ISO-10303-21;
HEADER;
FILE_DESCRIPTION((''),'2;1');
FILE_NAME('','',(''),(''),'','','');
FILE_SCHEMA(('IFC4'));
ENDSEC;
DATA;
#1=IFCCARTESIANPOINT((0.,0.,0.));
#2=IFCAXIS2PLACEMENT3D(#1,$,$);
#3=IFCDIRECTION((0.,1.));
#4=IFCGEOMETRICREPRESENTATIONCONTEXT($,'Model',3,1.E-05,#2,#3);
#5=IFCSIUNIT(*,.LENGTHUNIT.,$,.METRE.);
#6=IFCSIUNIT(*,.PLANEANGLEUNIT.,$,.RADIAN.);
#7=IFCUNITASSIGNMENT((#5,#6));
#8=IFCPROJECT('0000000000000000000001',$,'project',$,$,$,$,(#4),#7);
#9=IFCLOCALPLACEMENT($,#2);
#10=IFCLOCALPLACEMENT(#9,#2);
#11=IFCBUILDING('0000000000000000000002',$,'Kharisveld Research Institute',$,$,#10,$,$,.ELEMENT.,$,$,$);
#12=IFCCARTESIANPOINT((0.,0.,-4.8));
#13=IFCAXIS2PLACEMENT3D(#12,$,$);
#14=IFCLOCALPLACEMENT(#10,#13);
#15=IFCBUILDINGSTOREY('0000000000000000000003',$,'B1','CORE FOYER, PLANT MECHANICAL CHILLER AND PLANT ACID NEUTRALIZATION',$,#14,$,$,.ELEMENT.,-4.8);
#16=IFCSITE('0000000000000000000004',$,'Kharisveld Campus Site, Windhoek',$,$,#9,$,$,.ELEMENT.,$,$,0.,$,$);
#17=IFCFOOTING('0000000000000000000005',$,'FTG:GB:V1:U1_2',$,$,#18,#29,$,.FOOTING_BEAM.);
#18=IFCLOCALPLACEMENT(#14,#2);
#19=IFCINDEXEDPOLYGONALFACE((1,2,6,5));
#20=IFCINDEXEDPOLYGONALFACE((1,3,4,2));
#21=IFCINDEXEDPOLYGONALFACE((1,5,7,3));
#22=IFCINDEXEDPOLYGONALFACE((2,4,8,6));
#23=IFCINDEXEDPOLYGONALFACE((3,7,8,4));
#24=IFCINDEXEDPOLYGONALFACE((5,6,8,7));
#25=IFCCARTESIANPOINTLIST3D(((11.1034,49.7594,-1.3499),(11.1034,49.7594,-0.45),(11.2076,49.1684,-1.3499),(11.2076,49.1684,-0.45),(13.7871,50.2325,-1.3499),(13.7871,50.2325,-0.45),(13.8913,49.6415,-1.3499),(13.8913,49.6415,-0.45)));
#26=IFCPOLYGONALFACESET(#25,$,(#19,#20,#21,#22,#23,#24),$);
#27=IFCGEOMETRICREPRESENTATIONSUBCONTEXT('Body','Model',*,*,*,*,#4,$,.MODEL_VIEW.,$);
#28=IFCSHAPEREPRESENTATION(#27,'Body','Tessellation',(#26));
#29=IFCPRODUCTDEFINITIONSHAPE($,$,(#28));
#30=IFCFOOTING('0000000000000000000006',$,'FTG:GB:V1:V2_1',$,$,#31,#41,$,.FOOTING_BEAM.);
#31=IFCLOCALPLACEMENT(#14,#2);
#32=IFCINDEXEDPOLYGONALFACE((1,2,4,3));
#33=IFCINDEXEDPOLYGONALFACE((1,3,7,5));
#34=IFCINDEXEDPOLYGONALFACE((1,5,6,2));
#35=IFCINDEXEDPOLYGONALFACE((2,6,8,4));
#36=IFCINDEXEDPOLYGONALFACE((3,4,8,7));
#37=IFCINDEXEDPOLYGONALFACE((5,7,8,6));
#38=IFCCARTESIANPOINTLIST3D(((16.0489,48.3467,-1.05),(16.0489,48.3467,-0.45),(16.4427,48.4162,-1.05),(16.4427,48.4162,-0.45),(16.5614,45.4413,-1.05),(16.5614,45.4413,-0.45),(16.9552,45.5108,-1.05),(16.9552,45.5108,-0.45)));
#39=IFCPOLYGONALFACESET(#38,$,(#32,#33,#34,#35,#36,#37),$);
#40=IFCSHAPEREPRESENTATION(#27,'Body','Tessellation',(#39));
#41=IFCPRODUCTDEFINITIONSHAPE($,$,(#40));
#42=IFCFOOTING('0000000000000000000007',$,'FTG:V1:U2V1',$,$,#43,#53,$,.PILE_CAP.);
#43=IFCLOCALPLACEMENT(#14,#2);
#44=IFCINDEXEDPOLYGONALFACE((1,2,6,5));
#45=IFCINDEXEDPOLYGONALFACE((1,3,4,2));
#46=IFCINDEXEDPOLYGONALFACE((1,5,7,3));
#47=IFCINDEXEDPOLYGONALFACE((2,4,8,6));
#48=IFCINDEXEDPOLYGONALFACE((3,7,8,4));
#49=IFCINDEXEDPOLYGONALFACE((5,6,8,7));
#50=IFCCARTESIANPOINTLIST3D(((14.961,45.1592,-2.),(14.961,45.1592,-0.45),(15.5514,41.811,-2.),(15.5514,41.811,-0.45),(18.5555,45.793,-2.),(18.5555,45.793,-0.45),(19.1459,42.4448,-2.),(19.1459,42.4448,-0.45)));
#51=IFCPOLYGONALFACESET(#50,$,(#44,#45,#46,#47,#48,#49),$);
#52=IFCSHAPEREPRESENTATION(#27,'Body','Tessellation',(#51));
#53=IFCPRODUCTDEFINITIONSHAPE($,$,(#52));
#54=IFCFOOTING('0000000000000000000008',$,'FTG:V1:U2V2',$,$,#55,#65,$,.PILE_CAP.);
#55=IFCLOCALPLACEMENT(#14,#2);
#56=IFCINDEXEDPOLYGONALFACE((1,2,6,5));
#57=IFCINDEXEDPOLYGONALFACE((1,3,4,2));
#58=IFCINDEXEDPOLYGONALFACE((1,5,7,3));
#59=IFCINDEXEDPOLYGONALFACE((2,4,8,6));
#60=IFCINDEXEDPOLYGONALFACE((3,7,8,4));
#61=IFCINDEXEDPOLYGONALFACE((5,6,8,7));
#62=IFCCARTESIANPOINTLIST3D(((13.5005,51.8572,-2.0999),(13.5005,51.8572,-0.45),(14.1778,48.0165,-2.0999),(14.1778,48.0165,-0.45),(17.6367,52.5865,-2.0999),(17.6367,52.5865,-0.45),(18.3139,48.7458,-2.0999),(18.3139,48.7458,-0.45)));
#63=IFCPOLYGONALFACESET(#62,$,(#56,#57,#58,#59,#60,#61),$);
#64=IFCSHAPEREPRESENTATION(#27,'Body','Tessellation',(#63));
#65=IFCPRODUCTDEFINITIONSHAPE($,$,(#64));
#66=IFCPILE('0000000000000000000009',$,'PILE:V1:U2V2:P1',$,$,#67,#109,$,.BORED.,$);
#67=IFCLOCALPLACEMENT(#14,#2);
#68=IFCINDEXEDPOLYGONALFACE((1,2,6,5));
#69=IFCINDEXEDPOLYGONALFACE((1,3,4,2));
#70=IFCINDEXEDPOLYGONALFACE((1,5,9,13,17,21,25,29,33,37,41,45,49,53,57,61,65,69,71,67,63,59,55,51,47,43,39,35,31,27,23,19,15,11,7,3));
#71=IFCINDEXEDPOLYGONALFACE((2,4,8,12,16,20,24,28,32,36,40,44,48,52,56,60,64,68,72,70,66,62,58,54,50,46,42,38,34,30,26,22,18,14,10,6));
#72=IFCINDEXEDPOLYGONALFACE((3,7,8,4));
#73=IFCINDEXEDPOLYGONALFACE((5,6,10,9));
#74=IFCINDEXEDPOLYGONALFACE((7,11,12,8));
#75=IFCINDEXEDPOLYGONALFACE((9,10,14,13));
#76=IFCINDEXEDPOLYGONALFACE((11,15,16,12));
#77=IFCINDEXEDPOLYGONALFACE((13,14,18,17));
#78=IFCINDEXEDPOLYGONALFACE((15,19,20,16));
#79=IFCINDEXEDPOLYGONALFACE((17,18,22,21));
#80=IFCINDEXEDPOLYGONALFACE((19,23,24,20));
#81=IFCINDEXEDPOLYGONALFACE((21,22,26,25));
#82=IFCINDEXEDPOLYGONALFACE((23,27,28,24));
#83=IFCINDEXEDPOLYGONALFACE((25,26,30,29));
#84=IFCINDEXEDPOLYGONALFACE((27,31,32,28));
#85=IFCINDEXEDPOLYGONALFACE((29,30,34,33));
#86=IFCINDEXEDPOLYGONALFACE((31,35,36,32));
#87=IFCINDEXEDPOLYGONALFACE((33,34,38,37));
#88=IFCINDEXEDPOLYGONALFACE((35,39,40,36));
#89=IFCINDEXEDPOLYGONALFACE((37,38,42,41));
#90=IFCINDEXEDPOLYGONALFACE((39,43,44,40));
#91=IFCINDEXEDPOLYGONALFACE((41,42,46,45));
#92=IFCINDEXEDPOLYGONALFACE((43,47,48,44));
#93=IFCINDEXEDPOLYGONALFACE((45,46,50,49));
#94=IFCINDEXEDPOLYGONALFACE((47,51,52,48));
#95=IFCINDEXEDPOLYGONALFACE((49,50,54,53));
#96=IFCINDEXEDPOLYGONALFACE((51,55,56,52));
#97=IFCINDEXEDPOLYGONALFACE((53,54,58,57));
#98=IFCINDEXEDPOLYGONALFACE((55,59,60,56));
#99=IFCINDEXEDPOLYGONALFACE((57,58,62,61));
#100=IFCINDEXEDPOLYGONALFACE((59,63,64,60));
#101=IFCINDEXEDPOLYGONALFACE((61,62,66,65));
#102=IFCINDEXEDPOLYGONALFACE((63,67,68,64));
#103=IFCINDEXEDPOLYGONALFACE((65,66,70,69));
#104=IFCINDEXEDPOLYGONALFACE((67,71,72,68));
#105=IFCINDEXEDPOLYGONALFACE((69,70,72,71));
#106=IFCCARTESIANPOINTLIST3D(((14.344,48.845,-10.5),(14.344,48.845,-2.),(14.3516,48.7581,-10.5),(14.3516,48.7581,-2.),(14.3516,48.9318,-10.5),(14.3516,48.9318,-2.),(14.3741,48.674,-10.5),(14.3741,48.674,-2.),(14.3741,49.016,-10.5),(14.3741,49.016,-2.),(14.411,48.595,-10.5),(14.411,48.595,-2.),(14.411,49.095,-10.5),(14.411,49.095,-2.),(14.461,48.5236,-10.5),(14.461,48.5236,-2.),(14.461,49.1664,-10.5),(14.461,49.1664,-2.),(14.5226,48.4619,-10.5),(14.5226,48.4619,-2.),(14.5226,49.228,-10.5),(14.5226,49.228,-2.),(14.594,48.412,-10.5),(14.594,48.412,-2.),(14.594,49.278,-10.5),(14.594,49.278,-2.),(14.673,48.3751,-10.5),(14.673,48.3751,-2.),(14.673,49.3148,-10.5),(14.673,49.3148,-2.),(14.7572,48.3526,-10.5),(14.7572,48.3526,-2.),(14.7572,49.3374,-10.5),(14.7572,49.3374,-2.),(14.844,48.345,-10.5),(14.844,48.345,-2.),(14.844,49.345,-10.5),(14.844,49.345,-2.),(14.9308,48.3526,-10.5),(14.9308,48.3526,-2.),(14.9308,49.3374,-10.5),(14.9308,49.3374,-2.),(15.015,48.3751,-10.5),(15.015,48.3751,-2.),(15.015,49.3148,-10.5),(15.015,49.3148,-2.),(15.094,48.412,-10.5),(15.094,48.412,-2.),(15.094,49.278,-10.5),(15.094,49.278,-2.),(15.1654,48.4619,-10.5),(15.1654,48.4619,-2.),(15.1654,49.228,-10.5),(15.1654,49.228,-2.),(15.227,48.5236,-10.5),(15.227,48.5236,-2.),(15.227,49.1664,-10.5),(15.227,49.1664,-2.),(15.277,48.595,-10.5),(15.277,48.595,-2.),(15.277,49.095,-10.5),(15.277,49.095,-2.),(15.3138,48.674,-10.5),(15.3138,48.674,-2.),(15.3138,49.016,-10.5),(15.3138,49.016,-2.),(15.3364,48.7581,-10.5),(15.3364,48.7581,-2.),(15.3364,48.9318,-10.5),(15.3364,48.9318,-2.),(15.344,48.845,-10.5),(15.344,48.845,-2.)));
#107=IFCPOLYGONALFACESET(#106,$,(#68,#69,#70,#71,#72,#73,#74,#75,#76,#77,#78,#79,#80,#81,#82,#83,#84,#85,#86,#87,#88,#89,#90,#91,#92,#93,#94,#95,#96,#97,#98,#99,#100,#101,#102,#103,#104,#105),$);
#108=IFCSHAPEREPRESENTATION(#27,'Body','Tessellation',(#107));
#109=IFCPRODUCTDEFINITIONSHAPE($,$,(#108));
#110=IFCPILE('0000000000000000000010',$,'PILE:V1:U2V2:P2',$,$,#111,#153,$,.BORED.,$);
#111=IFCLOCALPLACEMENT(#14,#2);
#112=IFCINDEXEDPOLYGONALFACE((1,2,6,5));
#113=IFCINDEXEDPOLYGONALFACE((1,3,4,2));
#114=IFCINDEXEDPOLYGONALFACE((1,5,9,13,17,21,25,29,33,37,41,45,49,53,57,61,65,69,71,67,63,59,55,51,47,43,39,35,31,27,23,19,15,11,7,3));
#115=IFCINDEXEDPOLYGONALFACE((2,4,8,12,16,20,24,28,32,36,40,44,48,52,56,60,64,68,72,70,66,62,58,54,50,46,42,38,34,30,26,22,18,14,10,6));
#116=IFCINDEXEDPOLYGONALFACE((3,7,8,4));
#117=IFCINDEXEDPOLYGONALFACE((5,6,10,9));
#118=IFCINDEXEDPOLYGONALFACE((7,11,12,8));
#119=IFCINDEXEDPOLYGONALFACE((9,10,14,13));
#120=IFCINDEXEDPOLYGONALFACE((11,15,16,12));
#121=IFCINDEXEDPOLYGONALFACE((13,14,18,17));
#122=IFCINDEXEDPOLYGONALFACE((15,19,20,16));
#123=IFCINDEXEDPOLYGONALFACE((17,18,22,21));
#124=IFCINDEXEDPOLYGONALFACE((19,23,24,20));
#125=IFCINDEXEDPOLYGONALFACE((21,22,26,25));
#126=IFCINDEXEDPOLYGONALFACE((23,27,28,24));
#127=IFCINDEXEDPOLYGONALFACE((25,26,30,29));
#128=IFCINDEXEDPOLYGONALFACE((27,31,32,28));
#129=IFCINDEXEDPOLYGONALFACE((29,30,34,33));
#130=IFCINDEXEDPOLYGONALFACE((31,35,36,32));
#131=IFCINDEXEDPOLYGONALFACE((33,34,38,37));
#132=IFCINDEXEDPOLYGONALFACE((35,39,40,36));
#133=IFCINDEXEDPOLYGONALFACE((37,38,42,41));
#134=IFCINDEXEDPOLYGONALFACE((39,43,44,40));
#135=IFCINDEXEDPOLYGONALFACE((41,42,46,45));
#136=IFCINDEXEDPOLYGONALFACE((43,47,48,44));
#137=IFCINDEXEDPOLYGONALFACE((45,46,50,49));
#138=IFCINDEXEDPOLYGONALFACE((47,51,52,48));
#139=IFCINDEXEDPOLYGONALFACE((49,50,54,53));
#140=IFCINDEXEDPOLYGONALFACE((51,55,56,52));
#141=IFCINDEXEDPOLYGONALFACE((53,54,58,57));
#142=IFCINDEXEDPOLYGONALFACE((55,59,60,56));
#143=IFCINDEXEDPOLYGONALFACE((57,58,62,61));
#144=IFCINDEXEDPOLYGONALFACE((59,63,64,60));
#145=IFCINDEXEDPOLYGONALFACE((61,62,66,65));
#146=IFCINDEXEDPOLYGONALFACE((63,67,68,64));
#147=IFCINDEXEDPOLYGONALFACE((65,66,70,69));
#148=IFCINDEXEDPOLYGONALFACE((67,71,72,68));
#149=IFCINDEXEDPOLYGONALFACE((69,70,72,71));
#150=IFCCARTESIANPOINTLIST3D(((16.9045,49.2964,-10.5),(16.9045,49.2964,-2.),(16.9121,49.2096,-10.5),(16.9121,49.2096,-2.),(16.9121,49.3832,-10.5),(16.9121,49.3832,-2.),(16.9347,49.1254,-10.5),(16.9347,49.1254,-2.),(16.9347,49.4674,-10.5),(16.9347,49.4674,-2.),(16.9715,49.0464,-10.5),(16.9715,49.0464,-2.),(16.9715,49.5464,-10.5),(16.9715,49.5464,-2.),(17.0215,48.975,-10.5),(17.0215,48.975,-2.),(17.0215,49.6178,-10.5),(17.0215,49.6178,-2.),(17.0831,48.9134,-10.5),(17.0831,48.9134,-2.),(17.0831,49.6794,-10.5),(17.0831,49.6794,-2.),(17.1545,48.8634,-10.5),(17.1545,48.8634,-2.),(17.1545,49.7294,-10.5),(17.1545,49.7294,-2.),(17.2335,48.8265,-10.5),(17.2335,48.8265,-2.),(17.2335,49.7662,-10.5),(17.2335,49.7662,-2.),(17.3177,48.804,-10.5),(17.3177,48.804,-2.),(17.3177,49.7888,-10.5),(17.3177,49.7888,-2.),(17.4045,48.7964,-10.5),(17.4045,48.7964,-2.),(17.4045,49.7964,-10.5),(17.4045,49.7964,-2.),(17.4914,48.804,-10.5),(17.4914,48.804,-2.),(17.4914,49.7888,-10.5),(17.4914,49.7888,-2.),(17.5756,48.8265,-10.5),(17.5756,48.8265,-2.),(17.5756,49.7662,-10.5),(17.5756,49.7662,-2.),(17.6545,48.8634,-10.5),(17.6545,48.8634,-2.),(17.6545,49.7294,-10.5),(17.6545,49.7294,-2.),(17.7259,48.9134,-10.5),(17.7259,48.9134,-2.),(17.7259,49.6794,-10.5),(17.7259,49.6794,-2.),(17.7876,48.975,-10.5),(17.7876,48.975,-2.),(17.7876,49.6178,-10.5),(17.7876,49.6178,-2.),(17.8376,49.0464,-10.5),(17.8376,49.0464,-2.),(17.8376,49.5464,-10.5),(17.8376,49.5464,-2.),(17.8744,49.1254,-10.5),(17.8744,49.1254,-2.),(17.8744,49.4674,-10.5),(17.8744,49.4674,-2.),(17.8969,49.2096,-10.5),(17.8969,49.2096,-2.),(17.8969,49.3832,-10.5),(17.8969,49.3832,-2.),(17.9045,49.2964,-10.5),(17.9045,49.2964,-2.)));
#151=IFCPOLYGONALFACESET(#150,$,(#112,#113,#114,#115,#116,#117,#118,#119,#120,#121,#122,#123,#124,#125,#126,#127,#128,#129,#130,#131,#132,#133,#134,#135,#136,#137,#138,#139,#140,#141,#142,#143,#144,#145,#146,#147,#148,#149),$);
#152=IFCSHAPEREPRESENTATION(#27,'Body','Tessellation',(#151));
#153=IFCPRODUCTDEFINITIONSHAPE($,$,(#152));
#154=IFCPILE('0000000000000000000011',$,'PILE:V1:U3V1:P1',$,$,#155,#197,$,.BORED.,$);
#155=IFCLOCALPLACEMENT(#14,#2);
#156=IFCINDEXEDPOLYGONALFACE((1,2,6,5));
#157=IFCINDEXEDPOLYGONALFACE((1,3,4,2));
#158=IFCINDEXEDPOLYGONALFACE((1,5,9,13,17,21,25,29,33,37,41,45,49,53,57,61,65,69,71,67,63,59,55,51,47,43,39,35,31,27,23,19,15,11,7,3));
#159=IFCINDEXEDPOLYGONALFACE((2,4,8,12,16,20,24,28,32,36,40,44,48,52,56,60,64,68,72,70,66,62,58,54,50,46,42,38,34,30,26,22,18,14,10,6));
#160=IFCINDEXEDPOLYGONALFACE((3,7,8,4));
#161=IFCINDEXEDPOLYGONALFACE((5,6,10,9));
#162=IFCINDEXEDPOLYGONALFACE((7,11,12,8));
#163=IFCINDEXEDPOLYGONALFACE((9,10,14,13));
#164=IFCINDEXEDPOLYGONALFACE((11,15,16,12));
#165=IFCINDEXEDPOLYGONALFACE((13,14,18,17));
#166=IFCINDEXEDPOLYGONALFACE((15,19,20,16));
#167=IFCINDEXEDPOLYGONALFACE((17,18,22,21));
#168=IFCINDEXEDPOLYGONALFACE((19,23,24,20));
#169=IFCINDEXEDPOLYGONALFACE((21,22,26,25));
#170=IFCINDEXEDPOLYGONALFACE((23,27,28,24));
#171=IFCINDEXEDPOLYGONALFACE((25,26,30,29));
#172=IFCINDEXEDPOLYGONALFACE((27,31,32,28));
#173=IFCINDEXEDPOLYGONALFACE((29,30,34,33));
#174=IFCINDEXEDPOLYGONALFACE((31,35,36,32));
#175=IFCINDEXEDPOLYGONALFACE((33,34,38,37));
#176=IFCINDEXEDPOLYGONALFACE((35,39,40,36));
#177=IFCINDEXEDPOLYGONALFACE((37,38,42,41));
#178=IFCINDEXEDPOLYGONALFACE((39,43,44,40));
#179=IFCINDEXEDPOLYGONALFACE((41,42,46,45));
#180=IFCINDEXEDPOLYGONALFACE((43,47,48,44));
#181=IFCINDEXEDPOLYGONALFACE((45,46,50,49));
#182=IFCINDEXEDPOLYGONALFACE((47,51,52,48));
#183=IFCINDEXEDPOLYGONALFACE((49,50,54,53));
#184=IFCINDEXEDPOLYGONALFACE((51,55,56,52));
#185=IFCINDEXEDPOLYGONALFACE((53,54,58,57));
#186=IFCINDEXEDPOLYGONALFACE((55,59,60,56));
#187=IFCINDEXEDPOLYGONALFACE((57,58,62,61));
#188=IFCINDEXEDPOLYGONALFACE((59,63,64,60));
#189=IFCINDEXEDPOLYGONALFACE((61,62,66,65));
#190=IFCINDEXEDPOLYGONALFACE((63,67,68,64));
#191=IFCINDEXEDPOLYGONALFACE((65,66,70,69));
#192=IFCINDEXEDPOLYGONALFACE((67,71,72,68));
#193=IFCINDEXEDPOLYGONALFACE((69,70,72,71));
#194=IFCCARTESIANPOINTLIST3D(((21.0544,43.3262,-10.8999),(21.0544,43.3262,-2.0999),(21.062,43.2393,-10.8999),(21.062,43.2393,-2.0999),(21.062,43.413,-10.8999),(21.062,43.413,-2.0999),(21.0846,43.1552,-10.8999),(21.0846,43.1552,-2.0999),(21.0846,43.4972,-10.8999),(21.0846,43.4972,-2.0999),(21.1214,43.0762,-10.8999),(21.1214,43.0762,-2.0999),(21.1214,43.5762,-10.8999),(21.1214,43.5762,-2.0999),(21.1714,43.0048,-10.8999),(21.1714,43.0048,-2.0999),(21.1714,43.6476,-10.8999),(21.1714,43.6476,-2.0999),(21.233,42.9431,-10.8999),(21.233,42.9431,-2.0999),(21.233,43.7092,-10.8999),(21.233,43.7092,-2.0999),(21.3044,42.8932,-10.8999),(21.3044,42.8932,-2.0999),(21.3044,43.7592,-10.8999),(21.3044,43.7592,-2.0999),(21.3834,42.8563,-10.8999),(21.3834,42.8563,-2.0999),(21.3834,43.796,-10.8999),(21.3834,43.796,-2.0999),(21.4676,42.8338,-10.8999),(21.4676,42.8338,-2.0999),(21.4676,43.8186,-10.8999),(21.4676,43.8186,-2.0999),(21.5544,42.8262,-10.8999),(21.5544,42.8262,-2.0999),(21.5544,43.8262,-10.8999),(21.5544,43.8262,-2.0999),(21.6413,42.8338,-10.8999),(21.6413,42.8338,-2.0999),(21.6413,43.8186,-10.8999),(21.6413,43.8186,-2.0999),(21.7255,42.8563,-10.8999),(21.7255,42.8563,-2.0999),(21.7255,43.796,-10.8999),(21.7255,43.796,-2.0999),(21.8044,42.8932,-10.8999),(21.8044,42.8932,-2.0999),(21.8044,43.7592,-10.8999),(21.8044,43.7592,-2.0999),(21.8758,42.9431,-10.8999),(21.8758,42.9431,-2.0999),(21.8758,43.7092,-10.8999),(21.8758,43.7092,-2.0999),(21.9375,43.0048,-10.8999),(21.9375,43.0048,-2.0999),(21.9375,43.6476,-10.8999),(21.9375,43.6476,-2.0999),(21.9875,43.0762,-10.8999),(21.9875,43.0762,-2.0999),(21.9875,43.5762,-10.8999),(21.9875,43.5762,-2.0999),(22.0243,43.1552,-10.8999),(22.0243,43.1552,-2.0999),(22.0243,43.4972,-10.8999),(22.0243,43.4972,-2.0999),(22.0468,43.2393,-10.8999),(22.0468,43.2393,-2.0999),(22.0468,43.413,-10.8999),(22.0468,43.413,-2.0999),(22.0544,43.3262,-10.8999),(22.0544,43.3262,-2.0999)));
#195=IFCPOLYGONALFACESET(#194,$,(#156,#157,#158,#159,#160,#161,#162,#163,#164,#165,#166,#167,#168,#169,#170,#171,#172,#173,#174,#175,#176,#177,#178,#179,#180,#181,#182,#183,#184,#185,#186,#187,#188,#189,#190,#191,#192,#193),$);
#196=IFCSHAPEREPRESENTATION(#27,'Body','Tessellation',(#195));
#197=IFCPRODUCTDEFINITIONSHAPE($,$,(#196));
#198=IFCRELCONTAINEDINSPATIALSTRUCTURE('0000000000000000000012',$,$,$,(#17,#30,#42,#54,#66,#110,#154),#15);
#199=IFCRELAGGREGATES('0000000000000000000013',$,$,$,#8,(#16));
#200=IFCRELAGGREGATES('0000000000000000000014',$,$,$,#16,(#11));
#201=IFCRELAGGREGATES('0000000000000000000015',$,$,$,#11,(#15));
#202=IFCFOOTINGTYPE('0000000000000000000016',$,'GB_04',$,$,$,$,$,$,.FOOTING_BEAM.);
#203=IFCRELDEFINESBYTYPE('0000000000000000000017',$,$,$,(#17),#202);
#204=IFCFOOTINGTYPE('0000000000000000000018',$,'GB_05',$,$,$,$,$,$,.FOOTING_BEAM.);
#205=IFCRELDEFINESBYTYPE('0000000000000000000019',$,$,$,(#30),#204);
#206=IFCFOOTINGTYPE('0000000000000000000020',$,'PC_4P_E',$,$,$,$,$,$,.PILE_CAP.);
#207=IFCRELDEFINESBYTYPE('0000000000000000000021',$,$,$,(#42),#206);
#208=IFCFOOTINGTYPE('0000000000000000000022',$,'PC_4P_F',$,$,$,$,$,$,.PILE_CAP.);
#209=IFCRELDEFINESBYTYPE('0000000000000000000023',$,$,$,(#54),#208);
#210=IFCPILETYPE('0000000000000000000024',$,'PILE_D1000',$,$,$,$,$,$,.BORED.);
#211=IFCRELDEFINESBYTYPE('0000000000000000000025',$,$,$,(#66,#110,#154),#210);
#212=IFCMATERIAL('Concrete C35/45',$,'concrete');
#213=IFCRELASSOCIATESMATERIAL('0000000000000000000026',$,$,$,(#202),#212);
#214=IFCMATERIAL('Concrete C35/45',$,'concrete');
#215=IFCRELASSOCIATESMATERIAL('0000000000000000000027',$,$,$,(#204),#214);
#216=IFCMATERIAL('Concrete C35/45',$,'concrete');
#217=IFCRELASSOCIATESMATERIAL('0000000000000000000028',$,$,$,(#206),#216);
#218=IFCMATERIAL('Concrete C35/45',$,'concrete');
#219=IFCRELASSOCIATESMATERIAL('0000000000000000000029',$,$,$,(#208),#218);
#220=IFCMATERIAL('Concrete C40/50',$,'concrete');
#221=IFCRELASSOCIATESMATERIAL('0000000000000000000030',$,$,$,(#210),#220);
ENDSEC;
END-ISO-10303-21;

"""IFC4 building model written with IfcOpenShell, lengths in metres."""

from ifc_helpers import new_model, si_unit, direction, frame, origin, origin_2d, place, context, subcontext, project, spatial, rectangle, circle, extrude, material, material_profile, profile_set, type_object, element, save


model = new_model("IFC4")

# Units and contexts
model_context = context("Model", 3, precision=1e-05, world=origin(), true_north=direction((0.0, 1.0)))
body_context = subcontext(model_context, "Body", "Model", "MODEL_VIEW")
ifc_project = project(units=[si_unit("LENGTHUNIT", "METRE"), si_unit("PLANEANGLEUNIT", "RADIAN")], contexts=[model_context])

# Site, building, storey
site_placement = place(None, origin())
site = spatial("IfcSite", under=ifc_project, at=site_placement, Name="Kharisveld Campus Site, Windhoek", CompositionType="ELEMENT", RefElevation=0.0)
building_placement = place(site_placement, origin())
building = spatial("IfcBuilding", under=site, at=building_placement, Name="Kharisveld Research Institute", CompositionType="ELEMENT")
storey_placement = place(building_placement, frame((0.0, 0.0, -4.8)))
storey = spatial("IfcBuildingStorey", under=building, at=storey_placement, Name="B1", Description="CORE FOYER, PLANT MECHANICAL CHILLER AND PLANT ACID NEUTRALIZATION", CompositionType="ELEMENT", Elevation=-4.8)

# Footings
ifc_material_1 = material(Name="Concrete C35/45", Category="concrete")
ifc_material_profile_1 = material_profile(ifc_material_1, rectangle(XDim=0.6001, YDim=0.8999, at=origin_2d()))
ifc_profile_set_1 = profile_set([ifc_material_profile_1], Name="Concrete C35/45")
footing_type_1 = type_object("IfcFootingType", Name="GB_04", PredefinedType="FOOTING_BEAM", material=ifc_profile_set_1)
footing_1_placement = place(storey_placement, frame((11.1555, 49.4639, -0.8999), z_axis=(0.984811, 0.173632, 0.0), x_axis=(-0.173632, 0.984811, 0.0)))
element("IfcFooting", 1, at=footing_1_placement, inside=storey, type_object=footing_type_1, Name="FTG:GB:V1:U1_2", PredefinedType="FOOTING_BEAM", context=body_context, shape_type="SweptSolid", body=[
    extrude(rectangle(XDim=0.6001, YDim=0.8999, at=origin_2d()), origin(), (0.0, 0.0, 1.0), 2.7251),
])
ifc_material_2 = material(Name="Concrete C35/45", Category="concrete")
ifc_material_profile_2 = material_profile(ifc_material_2, rectangle(XDim=0.3999, YDim=0.6001, at=origin_2d()))
ifc_profile_set_2 = profile_set([ifc_material_profile_2], Name="Concrete C35/45")
footing_type_2 = type_object("IfcFootingType", Name="GB_05", PredefinedType="FOOTING_BEAM", material=ifc_profile_set_2)
footing_2_placement = place(storey_placement, frame((16.7583, 45.4761, -0.75), z_axis=(-0.173705, 0.984798, 0.0), x_axis=(-0.984798, -0.173705, 0.0)))
element("IfcFooting", 2, at=footing_2_placement, inside=storey, type_object=footing_type_2, Name="FTG:GB:V1:V2_1", PredefinedType="FOOTING_BEAM", context=body_context, shape_type="SweptSolid", body=[
    extrude(rectangle(XDim=0.3999, YDim=0.6001, at=origin_2d()), origin(), (0.0, 0.0, 1.0), 2.9502),
])
ifc_material_3 = material(Name="Concrete C35/45", Category="concrete")
footing_type_3 = type_object("IfcFootingType", Name="PC_4P_E", PredefinedType="PILE_CAP", material=ifc_material_3)
footing_3_placement = place(storey_placement, frame((17.0535, 43.802, -2.0), z_axis=(0.0, 0.0, 1.0), x_axis=(0.984808, 0.173648, 0.0)))
element("IfcFooting", 3, at=footing_3_placement, inside=storey, type_object=footing_type_3, Name="FTG:V1:U2V1", PredefinedType="PILE_CAP", context=body_context, shape_type="SweptSolid", body=[
    extrude(rectangle(XDim=3.6499, YDim=3.3999, at=origin_2d()), origin(), (0.0, 0.0, 1.0), 1.55),
])
ifc_material_4 = material(Name="Concrete C35/45", Category="concrete")
footing_type_4 = type_object("IfcFootingType", Name="PC_4P_F", PredefinedType="PILE_CAP", material=ifc_material_4)
footing_4_placement = place(storey_placement, frame((15.9072, 50.3015, -2.0999), z_axis=(0.0, 0.0, 1.0), x_axis=(0.984808, 0.173648, 0.0)))
element("IfcFooting", 4, at=footing_4_placement, inside=storey, type_object=footing_type_4, Name="FTG:V1:U2V2", PredefinedType="PILE_CAP", context=body_context, shape_type="SweptSolid", body=[
    extrude(rectangle(XDim=4.2, YDim=3.8999, at=origin_2d()), origin(), (0.0, 0.0, 1.0), 1.6499),
])

# Piles
ifc_material_5 = material(Name="Concrete C40/50", Category="concrete")
ifc_material_profile_3 = material_profile(ifc_material_5, circle(Radius=0.5, at=origin_2d()))
ifc_profile_set_3 = profile_set([ifc_material_profile_3], Name="Concrete C40/50")
pile_type_1 = type_object("IfcPileType", Name="PILE_D1000", PredefinedType="BORED", material=ifc_profile_set_3)
for number, where, z_axis, x_axis, name in (
    (5, (14.844, 48.845, -2.0), (0.0, 0.0, -1.0), (1.0, 0.0, 0.0), "PILE:V1:U2V2:P1"),
    (6, (17.4045, 49.2964, -2.0), (0.0, 0.0, -1.0), (1.0, 0.0, 0.0), "PILE:V1:U2V2:P2"),
):
    element("IfcPile", number, at=place(storey_placement, frame(where, z_axis=z_axis, x_axis=x_axis)), inside=storey, type_object=pile_type_1, Name=name, PredefinedType="BORED", context=body_context, shape_type="SweptSolid", body=[
        extrude(circle(Radius=0.5, at=origin_2d()), origin(), (0.0, 0.0, 1.0), 8.5),
    ])
for number, where, z_axis, x_axis, name in (
    (7, (21.5544, 43.3262, -2.0999), (0.0, 0.0, -1.0), (1.0, 0.0, 0.0), "PILE:V1:U3V1:P1"),
):
    element("IfcPile", number, at=place(storey_placement, frame(where, z_axis=z_axis, x_axis=x_axis)), inside=storey, type_object=pile_type_1, Name=name, PredefinedType="BORED", context=body_context, shape_type="SweptSolid", body=[
        extrude(circle(Radius=0.5, at=origin_2d()), origin(), (0.0, 0.0, 1.0), 8.8),
    ])

save(model, "model.ifc")
